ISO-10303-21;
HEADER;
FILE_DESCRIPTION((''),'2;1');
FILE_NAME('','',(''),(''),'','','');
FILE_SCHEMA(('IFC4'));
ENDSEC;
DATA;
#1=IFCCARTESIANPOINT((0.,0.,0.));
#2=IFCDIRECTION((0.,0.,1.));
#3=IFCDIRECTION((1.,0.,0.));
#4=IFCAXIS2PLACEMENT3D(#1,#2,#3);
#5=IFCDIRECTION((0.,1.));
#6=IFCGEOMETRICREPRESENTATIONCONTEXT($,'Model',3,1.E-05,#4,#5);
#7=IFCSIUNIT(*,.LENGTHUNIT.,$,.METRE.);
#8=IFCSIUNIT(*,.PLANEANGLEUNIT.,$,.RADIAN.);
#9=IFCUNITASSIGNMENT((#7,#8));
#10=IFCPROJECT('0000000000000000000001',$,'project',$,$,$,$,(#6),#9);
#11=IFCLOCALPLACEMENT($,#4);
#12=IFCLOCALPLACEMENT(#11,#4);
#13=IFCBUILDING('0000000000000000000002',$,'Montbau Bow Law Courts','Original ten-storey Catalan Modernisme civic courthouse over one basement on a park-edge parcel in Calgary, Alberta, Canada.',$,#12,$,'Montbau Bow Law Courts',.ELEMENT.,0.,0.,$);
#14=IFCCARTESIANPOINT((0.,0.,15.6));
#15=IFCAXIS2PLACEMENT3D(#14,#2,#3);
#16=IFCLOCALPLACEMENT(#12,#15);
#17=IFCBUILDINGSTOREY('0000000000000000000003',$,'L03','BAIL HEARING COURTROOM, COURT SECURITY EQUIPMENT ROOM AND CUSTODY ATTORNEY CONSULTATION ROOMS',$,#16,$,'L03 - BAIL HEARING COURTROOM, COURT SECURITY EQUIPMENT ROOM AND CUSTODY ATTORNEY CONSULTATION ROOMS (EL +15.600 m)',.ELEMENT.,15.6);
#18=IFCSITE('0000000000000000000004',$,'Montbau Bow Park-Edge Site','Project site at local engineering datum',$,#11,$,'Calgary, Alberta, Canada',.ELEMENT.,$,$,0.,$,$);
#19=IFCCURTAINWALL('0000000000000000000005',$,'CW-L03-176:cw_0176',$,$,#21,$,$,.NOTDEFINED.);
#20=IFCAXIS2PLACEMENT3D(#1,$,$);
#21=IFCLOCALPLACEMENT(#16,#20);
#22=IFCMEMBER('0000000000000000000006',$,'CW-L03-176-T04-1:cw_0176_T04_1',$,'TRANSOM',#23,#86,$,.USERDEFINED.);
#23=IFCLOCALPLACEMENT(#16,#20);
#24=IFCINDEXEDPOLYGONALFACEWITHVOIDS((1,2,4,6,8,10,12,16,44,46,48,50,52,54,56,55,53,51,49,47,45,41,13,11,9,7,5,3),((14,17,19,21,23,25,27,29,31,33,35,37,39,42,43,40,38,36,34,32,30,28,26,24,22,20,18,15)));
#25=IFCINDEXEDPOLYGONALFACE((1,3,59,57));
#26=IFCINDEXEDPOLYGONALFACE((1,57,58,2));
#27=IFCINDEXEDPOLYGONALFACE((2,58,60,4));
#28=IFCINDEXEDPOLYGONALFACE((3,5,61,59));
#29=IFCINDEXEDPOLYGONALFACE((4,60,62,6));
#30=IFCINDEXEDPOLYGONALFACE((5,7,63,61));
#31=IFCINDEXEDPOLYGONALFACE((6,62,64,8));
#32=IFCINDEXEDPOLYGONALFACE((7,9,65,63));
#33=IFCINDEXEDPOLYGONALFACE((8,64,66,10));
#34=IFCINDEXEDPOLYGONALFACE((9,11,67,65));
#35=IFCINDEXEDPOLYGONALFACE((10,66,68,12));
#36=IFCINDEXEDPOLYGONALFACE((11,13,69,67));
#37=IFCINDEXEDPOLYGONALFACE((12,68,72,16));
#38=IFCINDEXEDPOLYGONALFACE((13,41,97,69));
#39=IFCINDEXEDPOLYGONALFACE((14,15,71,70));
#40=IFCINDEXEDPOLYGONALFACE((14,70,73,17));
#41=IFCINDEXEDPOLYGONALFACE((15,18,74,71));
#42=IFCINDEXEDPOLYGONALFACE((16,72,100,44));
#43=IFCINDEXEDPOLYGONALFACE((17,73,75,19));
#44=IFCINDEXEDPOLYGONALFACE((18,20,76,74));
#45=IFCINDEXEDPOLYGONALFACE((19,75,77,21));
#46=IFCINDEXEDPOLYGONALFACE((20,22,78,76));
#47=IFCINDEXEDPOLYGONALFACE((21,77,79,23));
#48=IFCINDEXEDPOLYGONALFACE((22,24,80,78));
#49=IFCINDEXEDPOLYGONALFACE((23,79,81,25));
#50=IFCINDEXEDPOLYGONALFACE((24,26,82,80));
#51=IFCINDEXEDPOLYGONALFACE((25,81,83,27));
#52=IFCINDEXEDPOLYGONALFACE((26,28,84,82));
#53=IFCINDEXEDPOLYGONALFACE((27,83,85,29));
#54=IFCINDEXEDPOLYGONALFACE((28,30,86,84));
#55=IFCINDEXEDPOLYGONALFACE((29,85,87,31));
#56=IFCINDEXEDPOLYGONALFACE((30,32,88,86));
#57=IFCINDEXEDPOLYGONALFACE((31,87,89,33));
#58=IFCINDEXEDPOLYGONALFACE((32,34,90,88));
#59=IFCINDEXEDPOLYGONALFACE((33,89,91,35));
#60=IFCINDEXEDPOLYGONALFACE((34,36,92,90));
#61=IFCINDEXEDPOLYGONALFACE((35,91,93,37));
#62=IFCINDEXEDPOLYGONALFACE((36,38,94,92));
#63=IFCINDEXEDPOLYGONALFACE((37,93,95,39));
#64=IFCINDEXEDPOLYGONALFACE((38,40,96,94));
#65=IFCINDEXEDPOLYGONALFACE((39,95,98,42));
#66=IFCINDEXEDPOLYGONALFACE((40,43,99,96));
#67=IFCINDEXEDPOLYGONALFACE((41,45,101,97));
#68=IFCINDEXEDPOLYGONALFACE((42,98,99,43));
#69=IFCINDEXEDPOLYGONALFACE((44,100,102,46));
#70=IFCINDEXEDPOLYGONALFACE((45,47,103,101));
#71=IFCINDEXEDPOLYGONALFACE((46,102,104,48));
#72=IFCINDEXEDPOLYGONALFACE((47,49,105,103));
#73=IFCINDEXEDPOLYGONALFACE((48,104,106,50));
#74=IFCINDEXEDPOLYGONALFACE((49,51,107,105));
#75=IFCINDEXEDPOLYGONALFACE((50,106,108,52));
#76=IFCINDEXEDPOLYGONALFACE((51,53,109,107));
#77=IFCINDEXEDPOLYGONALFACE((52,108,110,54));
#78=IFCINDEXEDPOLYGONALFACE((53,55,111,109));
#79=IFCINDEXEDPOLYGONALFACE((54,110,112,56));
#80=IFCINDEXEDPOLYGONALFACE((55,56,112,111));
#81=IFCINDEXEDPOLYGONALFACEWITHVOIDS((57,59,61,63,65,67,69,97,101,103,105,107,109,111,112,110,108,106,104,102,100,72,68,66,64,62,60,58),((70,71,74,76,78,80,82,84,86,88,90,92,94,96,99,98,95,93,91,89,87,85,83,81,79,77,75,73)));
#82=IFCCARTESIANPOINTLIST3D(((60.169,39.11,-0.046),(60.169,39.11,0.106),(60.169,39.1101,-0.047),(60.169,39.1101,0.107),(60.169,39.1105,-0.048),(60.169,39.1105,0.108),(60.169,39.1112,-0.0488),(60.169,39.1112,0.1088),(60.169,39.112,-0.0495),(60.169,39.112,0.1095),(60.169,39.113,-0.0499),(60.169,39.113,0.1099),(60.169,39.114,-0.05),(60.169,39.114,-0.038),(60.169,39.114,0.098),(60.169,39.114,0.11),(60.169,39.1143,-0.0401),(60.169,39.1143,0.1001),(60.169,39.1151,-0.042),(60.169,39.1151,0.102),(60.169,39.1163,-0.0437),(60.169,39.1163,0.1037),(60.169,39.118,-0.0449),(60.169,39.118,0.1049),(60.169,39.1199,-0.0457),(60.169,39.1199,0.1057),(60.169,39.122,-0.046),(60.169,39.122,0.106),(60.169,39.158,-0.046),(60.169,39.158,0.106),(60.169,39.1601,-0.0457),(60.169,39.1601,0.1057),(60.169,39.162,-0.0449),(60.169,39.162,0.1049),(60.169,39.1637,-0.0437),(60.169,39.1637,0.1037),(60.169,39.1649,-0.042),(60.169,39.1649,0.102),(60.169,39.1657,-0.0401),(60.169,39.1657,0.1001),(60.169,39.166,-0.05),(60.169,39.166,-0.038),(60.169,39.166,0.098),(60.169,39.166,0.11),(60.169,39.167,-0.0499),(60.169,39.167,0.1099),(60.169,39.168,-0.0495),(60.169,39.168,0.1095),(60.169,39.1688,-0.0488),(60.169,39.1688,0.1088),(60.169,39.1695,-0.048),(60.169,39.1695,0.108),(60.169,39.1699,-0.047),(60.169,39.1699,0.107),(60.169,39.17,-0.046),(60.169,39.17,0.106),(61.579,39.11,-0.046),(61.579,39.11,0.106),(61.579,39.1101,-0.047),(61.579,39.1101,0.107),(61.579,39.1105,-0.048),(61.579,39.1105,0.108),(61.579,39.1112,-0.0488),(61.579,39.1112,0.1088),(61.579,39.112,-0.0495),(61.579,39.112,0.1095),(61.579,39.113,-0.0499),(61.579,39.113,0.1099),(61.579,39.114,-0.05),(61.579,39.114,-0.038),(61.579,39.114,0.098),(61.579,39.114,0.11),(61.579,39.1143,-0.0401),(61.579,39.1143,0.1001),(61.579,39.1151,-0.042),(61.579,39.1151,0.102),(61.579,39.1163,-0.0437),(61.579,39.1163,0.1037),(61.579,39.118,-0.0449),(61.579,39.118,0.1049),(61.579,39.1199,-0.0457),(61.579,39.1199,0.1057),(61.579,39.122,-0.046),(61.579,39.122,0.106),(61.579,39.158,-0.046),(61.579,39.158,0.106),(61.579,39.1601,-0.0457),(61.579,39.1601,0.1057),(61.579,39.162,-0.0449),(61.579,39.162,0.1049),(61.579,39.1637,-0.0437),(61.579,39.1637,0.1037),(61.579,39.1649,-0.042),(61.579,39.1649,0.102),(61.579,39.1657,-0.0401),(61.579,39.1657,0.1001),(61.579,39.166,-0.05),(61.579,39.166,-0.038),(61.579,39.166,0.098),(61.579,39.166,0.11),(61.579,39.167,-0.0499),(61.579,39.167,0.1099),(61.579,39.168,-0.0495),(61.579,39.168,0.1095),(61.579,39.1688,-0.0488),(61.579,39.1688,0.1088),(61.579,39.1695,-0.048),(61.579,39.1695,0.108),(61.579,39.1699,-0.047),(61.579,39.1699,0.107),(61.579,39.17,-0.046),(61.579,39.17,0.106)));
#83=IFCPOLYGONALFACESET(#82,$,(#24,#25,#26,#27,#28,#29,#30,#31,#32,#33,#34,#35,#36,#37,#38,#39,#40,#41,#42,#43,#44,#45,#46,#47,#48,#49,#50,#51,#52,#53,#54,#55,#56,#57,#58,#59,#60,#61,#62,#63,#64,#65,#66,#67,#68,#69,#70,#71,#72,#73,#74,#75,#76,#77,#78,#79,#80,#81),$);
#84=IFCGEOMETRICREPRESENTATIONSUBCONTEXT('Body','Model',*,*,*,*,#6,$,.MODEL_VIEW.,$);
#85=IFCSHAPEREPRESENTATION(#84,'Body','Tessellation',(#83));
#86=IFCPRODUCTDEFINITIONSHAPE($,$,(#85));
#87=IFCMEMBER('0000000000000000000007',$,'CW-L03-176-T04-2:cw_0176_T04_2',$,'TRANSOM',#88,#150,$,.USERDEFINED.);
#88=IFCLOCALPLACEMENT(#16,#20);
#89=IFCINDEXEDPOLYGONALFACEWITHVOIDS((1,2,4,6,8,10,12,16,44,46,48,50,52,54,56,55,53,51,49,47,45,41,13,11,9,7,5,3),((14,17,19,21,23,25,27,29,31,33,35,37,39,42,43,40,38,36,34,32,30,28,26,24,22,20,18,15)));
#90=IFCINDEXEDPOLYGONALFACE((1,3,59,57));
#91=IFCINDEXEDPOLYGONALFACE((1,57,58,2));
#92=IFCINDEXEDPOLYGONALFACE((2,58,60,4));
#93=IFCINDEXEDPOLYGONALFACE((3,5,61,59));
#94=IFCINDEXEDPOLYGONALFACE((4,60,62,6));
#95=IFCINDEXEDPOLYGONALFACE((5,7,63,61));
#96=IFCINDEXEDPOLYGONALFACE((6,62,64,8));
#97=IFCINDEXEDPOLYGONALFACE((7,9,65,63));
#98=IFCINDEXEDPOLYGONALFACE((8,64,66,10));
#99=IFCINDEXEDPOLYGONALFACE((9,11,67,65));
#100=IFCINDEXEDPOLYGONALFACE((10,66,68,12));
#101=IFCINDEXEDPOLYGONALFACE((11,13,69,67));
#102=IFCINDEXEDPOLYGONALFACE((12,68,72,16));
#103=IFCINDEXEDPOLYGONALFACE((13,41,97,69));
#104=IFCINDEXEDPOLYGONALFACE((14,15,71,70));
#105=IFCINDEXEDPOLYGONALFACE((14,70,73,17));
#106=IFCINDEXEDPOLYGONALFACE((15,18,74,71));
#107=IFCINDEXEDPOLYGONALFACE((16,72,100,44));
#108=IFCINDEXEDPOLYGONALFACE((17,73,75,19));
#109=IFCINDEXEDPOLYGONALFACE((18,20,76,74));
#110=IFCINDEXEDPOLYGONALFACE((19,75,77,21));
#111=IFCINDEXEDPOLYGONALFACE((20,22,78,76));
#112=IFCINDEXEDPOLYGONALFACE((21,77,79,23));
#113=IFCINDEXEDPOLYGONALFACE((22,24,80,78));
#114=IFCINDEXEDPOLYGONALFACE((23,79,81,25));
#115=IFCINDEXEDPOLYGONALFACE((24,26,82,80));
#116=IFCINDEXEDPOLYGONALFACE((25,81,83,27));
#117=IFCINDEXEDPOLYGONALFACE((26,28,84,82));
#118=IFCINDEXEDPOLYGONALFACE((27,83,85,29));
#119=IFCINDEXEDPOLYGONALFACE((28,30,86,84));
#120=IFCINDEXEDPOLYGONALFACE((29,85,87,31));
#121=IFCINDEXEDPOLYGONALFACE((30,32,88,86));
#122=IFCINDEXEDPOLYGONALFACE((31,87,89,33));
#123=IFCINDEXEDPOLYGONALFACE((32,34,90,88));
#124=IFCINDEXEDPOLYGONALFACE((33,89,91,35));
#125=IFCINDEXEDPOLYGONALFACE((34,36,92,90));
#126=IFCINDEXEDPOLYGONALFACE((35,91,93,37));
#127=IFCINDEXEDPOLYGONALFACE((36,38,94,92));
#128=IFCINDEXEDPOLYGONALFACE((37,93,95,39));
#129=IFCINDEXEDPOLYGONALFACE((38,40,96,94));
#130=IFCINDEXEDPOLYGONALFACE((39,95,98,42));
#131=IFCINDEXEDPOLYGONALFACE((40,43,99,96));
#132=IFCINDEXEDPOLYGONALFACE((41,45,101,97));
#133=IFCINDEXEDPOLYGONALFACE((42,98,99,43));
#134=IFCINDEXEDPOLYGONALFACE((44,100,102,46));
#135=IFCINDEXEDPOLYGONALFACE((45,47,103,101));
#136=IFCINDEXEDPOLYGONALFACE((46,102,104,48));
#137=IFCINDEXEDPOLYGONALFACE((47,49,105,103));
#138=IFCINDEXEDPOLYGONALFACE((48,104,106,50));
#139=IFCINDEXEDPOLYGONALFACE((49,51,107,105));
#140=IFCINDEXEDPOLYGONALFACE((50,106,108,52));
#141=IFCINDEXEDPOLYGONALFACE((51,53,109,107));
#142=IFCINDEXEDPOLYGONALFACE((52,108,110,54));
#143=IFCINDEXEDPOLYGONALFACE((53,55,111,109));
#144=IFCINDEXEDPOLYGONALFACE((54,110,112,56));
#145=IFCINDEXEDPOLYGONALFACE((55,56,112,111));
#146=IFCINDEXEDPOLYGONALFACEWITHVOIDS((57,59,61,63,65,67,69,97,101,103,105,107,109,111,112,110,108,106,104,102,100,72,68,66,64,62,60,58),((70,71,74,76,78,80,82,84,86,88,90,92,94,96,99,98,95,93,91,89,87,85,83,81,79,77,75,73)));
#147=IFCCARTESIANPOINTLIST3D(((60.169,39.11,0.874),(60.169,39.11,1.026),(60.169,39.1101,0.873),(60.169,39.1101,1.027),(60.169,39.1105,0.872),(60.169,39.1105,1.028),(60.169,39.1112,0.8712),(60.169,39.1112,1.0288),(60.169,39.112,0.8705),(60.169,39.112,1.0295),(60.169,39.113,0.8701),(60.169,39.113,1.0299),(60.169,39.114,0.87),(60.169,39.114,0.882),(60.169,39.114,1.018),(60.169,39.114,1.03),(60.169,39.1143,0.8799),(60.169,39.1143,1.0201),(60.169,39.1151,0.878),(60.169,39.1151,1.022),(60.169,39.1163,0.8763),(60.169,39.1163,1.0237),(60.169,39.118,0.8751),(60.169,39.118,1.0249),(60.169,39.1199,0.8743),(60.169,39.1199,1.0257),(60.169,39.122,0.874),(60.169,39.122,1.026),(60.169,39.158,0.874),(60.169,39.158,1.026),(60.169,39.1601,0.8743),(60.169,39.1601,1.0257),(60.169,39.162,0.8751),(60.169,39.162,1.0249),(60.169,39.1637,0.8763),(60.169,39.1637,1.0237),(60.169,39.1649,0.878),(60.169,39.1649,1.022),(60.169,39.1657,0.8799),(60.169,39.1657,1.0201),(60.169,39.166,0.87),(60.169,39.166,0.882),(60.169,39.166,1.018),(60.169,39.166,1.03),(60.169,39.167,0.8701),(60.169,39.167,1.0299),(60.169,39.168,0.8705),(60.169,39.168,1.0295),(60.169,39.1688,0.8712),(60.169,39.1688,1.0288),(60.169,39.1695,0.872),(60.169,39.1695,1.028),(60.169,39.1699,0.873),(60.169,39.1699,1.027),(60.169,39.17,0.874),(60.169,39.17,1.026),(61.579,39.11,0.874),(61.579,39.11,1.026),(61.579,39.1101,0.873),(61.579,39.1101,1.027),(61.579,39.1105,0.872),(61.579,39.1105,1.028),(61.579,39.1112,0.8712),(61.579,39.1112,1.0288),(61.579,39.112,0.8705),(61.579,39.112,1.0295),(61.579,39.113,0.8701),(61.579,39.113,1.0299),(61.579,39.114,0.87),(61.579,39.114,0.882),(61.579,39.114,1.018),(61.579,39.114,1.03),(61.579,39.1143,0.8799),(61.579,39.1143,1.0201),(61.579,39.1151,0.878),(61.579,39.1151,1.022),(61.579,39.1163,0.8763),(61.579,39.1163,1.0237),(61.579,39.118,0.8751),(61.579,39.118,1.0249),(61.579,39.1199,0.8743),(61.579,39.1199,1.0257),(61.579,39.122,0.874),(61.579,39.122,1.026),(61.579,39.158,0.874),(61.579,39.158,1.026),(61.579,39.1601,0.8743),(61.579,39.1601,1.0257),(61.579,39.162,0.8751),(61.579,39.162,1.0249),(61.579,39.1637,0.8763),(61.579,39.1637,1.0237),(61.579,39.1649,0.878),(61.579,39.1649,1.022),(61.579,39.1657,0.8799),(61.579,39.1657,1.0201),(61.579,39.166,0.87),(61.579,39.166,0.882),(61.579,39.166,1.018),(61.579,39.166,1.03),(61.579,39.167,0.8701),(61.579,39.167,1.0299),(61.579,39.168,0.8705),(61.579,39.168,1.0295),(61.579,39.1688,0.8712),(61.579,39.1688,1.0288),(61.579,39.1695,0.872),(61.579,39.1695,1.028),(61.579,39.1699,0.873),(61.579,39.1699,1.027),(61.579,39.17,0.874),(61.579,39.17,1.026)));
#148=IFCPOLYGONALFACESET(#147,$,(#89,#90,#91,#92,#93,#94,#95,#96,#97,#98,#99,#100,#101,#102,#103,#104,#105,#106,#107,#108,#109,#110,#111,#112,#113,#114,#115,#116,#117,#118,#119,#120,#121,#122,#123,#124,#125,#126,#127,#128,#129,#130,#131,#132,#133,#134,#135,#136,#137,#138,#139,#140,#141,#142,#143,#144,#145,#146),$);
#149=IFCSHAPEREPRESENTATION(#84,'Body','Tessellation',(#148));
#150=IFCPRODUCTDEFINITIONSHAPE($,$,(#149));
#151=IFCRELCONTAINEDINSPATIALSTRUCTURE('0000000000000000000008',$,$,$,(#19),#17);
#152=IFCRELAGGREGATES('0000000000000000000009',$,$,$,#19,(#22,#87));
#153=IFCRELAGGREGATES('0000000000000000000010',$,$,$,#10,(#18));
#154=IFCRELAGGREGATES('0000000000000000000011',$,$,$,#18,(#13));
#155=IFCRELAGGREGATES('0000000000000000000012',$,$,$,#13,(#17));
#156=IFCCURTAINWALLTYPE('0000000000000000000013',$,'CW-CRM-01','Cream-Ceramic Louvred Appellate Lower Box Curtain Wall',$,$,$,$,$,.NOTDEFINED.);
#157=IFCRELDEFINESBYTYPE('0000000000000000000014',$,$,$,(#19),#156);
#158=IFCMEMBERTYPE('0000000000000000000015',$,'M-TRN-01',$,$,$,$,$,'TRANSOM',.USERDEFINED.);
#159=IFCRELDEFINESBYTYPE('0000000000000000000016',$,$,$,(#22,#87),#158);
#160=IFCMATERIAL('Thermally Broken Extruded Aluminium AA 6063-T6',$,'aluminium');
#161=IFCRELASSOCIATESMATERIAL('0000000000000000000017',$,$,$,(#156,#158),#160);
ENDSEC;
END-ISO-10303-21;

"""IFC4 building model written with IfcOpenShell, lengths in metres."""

from ifc_helpers import new_model, si_unit, direction, frame, origin_with_axes, origin_2d_with_axis, place, context, subcontext, project, spatial, hollow_rectangle, extrude, material, material_profile, profile_set, type_object, element, aggregate, save


model = new_model("IFC4")

# Units and contexts
model_context = context("Model", 3, precision=1e-05, world=origin_with_axes(), true_north=direction((0.0, 1.0)))
body_context = subcontext(model_context, "Body", "Model", "MODEL_VIEW")
ifc_project = project(units=[si_unit("LENGTHUNIT", "METRE"), si_unit("PLANEANGLEUNIT", "RADIAN")], contexts=[model_context])

# Site, building, storey
site_placement = place(None, origin_with_axes())
site = spatial("IfcSite", under=ifc_project, at=site_placement, Name="Montbau Bow Park-Edge Site", Description="Project site at local engineering datum", LongName="Calgary, Alberta, Canada", CompositionType="ELEMENT", RefElevation=0.0)
building_placement = place(site_placement, origin_with_axes())
building = spatial("IfcBuilding", under=site, at=building_placement, Name="Montbau Bow Law Courts", Description="Original ten-storey Catalan Modernisme civic courthouse over one basement on a park-edge parcel in Calgary, Alberta, Canada.", LongName="Montbau Bow Law Courts", CompositionType="ELEMENT", ElevationOfRefHeight=0.0, ElevationOfTerrain=0.0)
storey_placement = place(building_placement, frame((0.0, 0.0, 15.6), z_axis=(0.0, 0.0, 1.0), x_axis=(1.0, 0.0, 0.0)))
storey = spatial("IfcBuildingStorey", under=building, at=storey_placement, Name="L03", Description="BAIL HEARING COURTROOM, COURT SECURITY EQUIPMENT ROOM AND CUSTODY ATTORNEY CONSULTATION ROOMS", LongName="L03 - BAIL HEARING COURTROOM, COURT SECURITY EQUIPMENT ROOM AND CUSTODY ATTORNEY CONSULTATION ROOMS (EL +15.600 m)", CompositionType="ELEMENT", Elevation=15.6)

# Curtain wall, members
ifc_material_1 = material(Name="Thermally Broken Extruded Aluminium AA 6063-T6", Category="aluminium")
curtain_wall_type = type_object("IfcCurtainWallType", Name="CW-CRM-01", Description="Cream-Ceramic Louvred Appellate Lower Box Curtain Wall", PredefinedType="NOTDEFINED", material=ifc_material_1)
curtain_wall_placement = place(None, frame((55.715, 39.14, 15.6), z_axis=(0.0, 0.0, 1.0), x_axis=(1.0, 0.0, 0.0)))
curtain_wall = element("IfcCurtainWall", 1, at=curtain_wall_placement, inside=storey, type_object=curtain_wall_type, Name="CW-L03-176:cw_0176", PredefinedType="NOTDEFINED")
ifc_material_profile_1 = material_profile(ifc_material_1, hollow_rectangle(XDim=0.06, YDim=0.16, WallThickness=0.004, InnerFilletRadius=0.008, OuterFilletRadius=0.004, at=origin_2d_with_axis()), Name="CWT-160X60", Category="Main", Priority=0)
ifc_profile_set_1 = profile_set([ifc_material_profile_1], Name="Thermally Broken Extruded Aluminium AA 6063-T6")
member_type_1 = type_object("IfcMemberType", Name="M-TRN-01", ElementType="TRANSOM", PredefinedType="USERDEFINED", material=ifc_profile_set_1)
member_1_placement = place(None, frame((60.169, 39.14, 15.63), z_axis=(1.0, 0.0, 0.0), x_axis=(0.0, 1.0, 0.0)))
member_1 = element("IfcMember", 2, at=member_1_placement, type_object=member_type_1, Name="CW-L03-176-T04-1:cw_0176_T04_1", ObjectType="TRANSOM", PredefinedType="USERDEFINED", context=body_context, shape_type="SweptSolid", body=[
    extrude(hollow_rectangle(XDim=0.06, YDim=0.16, WallThickness=0.004, InnerFilletRadius=0.008, OuterFilletRadius=0.004, at=origin_2d_with_axis()), origin_with_axes(), (0.0, 0.0, 1.0), 1.41),
])
member_2_placement = place(None, frame((60.169, 39.14, 16.55), z_axis=(1.0, 0.0, 0.0), x_axis=(0.0, 1.0, 0.0)))
member_2 = element("IfcMember", 3, at=member_2_placement, type_object=member_type_1, Name="CW-L03-176-T04-2:cw_0176_T04_2", ObjectType="TRANSOM", PredefinedType="USERDEFINED", context=body_context, shape_type="SweptSolid", body=[
    extrude(hollow_rectangle(XDim=0.06, YDim=0.16, WallThickness=0.004, InnerFilletRadius=0.008, OuterFilletRadius=0.004, at=origin_2d_with_axis()), origin_with_axes(), (0.0, 0.0, 1.0), 1.41),
])
aggregate(curtain_wall, [member_1, member_2])

save(model, "model.ifc")
